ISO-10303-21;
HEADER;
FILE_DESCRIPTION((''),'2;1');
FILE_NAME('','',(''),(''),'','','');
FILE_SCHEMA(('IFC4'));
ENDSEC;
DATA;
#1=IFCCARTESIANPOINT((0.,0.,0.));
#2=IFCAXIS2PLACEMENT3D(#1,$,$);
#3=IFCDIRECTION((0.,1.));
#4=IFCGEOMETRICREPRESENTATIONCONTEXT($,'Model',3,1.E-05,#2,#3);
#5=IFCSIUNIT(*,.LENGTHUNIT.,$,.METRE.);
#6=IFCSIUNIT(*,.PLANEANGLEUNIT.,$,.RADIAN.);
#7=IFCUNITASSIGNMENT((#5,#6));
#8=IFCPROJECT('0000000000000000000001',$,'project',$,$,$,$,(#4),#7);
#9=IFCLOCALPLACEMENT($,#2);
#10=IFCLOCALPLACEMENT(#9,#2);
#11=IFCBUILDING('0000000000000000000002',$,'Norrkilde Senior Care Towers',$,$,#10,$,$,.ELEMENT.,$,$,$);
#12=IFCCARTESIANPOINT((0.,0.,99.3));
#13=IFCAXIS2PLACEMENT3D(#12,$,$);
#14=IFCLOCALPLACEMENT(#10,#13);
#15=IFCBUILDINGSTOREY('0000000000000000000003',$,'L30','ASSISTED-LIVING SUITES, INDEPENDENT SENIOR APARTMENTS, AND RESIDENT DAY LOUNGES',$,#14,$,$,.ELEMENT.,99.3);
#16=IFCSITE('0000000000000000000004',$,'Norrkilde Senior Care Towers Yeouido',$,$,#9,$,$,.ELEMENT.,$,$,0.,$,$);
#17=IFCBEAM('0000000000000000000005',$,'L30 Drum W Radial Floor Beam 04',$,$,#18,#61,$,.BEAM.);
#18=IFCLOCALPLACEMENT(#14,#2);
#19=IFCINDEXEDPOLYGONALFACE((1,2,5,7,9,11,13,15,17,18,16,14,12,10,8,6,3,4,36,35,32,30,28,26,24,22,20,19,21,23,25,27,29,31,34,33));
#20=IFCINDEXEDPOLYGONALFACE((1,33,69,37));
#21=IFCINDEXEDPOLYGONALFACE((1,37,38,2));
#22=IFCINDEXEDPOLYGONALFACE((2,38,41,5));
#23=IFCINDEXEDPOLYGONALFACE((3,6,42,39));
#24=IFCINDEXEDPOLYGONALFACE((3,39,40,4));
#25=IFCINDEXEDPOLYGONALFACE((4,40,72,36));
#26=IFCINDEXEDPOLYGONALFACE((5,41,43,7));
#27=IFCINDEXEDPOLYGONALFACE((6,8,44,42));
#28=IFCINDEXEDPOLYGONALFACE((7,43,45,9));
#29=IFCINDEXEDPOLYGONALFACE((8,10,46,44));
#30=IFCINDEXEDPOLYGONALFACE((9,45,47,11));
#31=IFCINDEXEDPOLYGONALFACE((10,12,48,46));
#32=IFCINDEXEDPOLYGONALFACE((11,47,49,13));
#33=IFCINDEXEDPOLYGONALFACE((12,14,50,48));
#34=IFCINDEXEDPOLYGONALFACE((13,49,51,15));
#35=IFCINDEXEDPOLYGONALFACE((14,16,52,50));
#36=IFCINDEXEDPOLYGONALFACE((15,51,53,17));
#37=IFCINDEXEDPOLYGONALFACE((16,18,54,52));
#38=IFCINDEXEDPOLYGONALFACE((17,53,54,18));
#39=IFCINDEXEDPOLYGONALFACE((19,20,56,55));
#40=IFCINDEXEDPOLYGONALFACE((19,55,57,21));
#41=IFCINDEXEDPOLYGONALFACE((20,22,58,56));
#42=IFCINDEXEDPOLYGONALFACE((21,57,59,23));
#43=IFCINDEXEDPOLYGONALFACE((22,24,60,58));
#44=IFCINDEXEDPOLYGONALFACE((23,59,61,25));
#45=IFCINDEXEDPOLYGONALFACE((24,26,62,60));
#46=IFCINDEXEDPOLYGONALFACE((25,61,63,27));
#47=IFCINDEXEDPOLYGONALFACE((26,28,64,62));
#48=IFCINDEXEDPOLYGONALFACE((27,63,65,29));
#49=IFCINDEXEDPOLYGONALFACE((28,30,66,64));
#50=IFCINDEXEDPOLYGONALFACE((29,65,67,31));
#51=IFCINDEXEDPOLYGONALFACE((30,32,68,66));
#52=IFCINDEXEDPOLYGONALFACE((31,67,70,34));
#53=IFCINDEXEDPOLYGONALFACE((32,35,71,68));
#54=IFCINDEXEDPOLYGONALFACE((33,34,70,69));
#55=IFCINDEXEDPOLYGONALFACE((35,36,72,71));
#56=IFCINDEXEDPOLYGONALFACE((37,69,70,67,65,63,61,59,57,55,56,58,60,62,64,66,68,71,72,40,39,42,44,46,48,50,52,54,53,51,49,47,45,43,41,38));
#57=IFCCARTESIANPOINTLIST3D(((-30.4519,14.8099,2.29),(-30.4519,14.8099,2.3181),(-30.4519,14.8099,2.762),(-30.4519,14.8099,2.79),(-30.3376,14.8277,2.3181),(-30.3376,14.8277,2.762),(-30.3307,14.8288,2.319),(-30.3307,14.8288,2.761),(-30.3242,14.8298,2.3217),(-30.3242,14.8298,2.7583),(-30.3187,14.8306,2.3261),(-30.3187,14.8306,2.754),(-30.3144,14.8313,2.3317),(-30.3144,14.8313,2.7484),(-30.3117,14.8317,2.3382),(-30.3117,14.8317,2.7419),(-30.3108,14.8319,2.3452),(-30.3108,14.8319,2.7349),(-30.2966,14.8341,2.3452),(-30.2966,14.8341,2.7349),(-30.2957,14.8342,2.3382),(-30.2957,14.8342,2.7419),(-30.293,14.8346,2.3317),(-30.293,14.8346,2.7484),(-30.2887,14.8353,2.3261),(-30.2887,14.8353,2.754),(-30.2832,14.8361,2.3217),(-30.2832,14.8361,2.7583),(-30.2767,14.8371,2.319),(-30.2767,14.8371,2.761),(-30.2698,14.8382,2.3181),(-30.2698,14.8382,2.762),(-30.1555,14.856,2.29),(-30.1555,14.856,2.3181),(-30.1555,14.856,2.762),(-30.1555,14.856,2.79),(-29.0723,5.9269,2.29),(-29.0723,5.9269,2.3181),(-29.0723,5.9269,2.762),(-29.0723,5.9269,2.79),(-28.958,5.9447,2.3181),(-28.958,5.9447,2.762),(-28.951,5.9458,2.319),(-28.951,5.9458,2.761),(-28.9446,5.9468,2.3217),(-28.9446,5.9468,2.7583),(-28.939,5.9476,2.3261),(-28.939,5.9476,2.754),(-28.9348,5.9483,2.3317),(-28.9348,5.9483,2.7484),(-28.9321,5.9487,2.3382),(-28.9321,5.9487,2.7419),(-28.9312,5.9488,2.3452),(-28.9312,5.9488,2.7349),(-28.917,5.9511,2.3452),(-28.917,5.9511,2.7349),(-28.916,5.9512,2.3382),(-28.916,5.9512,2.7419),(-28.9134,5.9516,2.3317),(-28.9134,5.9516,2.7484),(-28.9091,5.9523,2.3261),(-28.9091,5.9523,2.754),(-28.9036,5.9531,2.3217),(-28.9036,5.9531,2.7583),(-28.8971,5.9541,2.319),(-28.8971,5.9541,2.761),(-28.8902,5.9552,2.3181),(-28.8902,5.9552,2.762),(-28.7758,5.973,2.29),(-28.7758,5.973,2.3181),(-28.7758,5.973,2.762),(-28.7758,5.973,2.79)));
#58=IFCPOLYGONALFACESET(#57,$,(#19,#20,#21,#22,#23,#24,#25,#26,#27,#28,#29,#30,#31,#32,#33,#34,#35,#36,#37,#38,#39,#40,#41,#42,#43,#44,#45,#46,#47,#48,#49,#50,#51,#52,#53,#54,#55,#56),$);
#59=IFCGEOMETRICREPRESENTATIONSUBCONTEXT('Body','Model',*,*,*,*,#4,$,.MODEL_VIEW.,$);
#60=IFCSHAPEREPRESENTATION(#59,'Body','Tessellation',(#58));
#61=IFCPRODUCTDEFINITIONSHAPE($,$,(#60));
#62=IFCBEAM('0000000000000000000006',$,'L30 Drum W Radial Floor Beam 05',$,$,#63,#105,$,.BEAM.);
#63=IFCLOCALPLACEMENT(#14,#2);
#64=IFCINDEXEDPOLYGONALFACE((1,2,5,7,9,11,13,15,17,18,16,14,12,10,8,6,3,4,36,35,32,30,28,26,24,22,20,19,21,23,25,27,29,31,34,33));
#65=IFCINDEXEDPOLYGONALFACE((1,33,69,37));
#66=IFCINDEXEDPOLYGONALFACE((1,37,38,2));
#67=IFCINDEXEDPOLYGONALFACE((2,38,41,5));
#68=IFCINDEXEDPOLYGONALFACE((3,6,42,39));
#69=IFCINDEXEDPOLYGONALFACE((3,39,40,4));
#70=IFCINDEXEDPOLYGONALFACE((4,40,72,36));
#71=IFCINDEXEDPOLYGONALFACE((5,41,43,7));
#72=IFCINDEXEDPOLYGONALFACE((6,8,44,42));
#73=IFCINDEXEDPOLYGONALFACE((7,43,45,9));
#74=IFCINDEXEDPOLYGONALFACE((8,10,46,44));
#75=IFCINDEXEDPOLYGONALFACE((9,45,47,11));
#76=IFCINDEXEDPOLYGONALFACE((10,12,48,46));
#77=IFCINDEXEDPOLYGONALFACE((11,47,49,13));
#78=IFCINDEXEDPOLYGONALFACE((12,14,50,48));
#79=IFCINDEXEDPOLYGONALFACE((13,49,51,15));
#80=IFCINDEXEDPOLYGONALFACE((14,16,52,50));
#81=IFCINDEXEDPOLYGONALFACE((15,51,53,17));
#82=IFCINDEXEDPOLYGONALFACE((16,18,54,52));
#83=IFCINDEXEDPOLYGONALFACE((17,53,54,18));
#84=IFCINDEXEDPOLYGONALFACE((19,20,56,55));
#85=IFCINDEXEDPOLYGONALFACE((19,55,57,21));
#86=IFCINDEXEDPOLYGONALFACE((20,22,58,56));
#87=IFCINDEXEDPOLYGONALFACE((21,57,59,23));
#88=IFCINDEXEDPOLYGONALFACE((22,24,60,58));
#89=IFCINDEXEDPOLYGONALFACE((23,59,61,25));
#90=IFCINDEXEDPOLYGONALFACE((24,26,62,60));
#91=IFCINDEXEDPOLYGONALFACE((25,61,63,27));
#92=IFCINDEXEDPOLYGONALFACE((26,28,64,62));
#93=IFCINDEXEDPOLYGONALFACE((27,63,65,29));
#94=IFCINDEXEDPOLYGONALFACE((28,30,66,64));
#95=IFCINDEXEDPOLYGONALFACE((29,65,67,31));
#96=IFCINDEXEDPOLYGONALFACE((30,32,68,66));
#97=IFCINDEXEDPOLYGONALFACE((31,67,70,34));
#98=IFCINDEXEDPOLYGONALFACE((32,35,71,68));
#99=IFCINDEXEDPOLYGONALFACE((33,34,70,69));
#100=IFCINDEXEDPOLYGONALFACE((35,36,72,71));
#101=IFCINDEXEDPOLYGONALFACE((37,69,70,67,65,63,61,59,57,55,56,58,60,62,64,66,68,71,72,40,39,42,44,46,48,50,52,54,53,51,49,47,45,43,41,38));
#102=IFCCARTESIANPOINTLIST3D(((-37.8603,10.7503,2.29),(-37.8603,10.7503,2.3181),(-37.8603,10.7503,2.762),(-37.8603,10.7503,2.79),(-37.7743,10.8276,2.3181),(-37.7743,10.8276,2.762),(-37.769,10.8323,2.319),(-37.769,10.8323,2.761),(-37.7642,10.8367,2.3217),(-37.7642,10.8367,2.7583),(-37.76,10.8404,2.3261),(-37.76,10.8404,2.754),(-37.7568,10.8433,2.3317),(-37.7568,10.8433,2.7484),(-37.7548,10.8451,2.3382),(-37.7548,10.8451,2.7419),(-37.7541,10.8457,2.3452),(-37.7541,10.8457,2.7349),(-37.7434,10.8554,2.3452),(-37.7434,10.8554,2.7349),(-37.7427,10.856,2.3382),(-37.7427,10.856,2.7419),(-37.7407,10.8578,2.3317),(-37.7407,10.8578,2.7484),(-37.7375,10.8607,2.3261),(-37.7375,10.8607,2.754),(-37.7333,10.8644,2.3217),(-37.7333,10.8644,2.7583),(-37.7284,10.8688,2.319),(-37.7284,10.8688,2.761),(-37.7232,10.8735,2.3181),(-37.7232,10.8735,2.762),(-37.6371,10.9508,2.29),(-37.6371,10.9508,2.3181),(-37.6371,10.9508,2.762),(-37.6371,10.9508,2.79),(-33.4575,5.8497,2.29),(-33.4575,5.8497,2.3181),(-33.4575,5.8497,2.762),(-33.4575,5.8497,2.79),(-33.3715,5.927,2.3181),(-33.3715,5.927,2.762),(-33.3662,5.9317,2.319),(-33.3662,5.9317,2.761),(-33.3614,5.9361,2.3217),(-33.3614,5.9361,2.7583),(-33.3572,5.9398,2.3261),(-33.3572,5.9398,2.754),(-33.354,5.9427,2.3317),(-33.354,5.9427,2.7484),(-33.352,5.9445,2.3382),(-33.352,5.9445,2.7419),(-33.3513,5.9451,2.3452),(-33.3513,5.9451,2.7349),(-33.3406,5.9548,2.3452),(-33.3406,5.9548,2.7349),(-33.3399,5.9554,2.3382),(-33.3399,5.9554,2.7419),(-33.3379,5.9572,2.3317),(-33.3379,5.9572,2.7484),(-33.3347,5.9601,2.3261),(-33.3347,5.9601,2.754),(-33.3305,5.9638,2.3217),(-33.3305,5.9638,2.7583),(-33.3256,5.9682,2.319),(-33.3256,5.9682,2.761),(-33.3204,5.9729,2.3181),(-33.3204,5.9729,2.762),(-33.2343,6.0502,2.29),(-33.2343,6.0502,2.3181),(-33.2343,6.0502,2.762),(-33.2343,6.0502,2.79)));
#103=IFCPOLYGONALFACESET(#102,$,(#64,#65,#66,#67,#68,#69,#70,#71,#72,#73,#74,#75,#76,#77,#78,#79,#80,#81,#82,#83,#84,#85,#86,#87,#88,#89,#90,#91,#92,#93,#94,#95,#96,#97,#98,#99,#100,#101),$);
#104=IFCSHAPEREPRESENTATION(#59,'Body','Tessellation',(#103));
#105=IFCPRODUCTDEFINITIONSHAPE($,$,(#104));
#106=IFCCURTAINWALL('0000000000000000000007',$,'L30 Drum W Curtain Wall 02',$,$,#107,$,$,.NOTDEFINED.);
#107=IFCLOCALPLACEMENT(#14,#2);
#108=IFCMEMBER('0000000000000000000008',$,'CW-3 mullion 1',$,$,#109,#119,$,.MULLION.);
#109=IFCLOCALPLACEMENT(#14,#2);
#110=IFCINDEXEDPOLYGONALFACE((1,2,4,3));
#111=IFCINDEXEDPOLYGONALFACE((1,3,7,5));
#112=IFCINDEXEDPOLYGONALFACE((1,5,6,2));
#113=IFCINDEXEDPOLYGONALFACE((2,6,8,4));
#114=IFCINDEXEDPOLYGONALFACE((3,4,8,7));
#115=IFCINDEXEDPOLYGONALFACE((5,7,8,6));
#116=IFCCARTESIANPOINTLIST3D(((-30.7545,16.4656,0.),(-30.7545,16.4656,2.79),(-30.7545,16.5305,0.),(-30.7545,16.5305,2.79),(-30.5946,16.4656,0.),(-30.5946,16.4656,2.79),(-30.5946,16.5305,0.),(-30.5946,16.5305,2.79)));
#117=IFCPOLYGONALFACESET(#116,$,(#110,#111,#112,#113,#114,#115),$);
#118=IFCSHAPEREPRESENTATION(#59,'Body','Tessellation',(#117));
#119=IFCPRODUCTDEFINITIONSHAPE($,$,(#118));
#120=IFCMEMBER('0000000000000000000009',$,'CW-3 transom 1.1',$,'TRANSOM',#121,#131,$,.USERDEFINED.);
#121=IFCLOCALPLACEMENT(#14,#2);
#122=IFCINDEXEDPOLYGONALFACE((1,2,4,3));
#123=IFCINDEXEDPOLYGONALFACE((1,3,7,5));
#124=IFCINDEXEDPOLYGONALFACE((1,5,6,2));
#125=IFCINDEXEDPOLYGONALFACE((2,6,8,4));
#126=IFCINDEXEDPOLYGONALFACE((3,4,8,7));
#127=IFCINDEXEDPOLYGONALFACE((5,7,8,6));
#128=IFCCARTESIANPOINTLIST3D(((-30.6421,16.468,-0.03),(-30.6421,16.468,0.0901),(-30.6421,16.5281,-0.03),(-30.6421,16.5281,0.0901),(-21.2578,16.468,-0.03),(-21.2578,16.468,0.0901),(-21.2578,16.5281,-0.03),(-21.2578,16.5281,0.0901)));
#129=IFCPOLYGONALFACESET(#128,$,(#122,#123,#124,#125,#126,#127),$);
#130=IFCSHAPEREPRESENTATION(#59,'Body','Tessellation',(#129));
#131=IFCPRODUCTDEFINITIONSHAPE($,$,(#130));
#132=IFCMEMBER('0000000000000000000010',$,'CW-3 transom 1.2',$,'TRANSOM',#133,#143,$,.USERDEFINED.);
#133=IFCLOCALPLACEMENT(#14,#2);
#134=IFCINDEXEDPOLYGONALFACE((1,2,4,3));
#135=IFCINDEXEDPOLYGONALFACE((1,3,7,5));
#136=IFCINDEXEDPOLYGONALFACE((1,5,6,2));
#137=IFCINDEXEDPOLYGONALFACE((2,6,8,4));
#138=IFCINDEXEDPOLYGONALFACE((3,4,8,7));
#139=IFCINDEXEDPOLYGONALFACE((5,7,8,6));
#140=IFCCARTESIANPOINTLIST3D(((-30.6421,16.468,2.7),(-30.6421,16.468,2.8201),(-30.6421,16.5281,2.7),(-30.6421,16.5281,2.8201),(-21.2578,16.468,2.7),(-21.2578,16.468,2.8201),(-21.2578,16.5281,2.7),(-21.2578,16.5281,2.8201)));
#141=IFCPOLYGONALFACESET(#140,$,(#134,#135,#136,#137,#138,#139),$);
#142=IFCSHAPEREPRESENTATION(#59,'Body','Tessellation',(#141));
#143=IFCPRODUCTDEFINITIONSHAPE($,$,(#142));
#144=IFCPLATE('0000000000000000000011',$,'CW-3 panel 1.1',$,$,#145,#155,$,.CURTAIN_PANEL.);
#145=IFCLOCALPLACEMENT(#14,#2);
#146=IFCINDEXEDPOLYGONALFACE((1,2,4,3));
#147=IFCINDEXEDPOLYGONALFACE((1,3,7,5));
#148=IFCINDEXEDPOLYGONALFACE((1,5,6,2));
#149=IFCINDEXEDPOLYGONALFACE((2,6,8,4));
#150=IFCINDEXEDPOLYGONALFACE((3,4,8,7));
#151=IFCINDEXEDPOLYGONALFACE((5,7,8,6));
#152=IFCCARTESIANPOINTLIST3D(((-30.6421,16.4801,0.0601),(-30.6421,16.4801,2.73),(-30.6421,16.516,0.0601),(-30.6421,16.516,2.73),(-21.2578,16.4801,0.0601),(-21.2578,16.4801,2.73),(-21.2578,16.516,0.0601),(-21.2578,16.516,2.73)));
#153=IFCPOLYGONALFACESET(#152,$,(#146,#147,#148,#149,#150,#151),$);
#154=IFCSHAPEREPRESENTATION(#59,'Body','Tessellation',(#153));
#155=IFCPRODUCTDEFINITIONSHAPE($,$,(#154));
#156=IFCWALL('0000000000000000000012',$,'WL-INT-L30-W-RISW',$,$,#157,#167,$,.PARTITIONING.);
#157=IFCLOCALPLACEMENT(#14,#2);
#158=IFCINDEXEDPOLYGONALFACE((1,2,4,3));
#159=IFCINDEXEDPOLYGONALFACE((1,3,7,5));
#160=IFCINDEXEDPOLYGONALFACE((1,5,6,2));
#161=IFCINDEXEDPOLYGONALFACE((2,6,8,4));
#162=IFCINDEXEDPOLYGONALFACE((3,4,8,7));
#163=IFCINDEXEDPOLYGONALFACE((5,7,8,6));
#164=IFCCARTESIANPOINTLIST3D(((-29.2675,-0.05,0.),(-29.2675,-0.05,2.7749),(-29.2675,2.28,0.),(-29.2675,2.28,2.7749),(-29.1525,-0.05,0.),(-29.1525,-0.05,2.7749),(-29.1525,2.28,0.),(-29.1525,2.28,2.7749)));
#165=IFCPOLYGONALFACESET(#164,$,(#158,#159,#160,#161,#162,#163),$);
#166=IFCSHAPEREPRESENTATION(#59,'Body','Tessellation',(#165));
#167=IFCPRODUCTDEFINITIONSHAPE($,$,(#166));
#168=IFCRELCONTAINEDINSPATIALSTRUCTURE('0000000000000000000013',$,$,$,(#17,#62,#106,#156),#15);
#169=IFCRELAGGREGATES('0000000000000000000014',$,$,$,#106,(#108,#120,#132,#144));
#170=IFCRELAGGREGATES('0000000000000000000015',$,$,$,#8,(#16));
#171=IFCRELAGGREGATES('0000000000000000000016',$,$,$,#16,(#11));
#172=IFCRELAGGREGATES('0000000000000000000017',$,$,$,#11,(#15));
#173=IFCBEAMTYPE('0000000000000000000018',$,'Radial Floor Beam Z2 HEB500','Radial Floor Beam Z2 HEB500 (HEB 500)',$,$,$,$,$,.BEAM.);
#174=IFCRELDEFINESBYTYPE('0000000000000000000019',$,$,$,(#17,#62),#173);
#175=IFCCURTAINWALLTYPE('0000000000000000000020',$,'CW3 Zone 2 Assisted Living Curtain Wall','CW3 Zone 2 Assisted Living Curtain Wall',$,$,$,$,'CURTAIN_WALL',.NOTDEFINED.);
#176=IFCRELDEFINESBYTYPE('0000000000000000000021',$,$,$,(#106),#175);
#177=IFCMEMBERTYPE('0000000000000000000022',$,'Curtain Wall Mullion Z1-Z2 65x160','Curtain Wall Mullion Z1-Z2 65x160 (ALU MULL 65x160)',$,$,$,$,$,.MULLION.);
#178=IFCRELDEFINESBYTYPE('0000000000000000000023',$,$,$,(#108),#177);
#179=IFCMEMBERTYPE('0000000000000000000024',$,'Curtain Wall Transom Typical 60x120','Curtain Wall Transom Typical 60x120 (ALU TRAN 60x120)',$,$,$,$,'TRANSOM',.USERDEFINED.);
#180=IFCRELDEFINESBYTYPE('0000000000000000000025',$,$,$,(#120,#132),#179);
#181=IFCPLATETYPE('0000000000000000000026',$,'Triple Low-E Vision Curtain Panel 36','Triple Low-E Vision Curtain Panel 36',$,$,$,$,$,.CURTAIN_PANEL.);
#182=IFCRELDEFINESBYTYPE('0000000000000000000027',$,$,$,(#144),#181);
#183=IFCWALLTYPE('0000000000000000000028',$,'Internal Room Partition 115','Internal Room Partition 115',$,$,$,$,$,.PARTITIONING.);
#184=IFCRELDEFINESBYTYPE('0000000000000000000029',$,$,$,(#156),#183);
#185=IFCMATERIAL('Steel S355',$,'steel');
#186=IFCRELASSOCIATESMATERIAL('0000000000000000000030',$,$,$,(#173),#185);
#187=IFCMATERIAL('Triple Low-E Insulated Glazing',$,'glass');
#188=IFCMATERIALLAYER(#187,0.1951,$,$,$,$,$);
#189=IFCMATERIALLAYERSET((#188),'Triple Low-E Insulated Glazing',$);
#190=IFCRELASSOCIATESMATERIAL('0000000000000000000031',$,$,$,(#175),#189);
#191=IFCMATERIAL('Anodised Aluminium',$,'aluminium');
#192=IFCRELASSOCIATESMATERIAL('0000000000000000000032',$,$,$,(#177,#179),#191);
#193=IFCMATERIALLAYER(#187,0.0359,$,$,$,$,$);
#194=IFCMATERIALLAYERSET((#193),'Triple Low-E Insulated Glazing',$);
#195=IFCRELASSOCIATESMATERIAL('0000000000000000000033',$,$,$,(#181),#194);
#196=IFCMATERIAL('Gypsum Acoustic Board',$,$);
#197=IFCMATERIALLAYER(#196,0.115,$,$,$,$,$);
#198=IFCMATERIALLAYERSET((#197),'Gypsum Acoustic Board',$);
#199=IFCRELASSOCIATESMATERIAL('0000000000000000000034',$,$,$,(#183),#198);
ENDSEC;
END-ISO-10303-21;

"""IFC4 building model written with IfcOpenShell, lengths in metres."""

from ifc_helpers import new_model, si_unit, direction, frame, frame_2d, origin, origin_2d, place, context, subcontext, project, spatial, rectangle, i_section, extrude, source, transform, mapped, material, layer, layer_set, material_profile, profile_set, type_object, type_shapes, element, aggregate, save


model = new_model("IFC4")

# Units and contexts
model_context = context("Model", 3, precision=1e-05, world=origin(), true_north=direction((0.0, 1.0)))
body_context = subcontext(model_context, "Body", "Model", "MODEL_VIEW")
ifc_project = project(units=[si_unit("LENGTHUNIT", "METRE"), si_unit("PLANEANGLEUNIT", "RADIAN")], contexts=[model_context])

# Site, building, storey
site_placement = place(None, origin())
site = spatial("IfcSite", under=ifc_project, at=site_placement, Name="Norrkilde Senior Care Towers Yeouido", CompositionType="ELEMENT", RefElevation=0.0)
building_placement = place(site_placement, origin())
building = spatial("IfcBuilding", under=site, at=building_placement, Name="Norrkilde Senior Care Towers", CompositionType="ELEMENT")
storey_placement = place(building_placement, frame((0.0, 0.0, 99.3)))
storey = spatial("IfcBuildingStorey", under=building, at=storey_placement, Name="L30", Description="ASSISTED-LIVING SUITES, INDEPENDENT SENIOR APARTMENTS, AND RESIDENT DAY LOUNGES", CompositionType="ELEMENT", Elevation=99.3)

# Beams
ifc_material_1 = material(Name="Steel S355", Category="steel")
ifc_material_profile_1 = material_profile(ifc_material_1, i_section(OverallWidth=0.3, OverallDepth=0.5, WebThickness=0.0144, FlangeThickness=0.0281, FilletRadius=0.0271, at=origin_2d()), Name="HEB 500")
ifc_profile_set_1 = profile_set([ifc_material_profile_1], Name="Steel S355")
beam_type_1 = type_object("IfcBeamType", Name="Radial Floor Beam Z2 HEB500", Description="Radial Floor Beam Z2 HEB500 (HEB 500)", PredefinedType="BEAM", material=ifc_profile_set_1)
shared_shape_1 = source(origin(), body_context, "Body", "SweptSolid", [
    extrude(i_section(OverallWidth=0.3, OverallDepth=0.5, WebThickness=0.0144, FlangeThickness=0.0281, FilletRadius=0.0271, at=origin_2d()), origin(), (0.0, 0.0, 1.0), 8.9895),
])
beam_1_placement = place(storey_placement, frame((-28.9241, 5.95, 2.54), z_axis=(-0.153471, 0.988153, 0.0), x_axis=(-0.988153, -0.153471, 0.0)))
element("IfcBeam", 1, at=beam_1_placement, inside=storey, type_object=beam_type_1, Name="L30 Drum W Radial Floor Beam 04", PredefinedType="BEAM", context=body_context, shape_type="MappedRepresentation", body=[
    mapped(shared_shape_1, transform((0.0, 0.0, 0.0), x_axis=(1.0, 0.0, 0.0), y_axis=(0.0, 1.0, 0.0), z_axis=(0.0, 0.0, 1.0), scale=1.0)),
])
shared_shape_2 = source(origin(), body_context, "Body", "SweptSolid", [
    extrude(i_section(OverallWidth=0.3, OverallDepth=0.5, WebThickness=0.0144, FlangeThickness=0.0281, FilletRadius=0.0271, at=origin_2d()), origin(), (0.0, 0.0, 1.0), 6.5879),
])
beam_2_placement = place(storey_placement, frame((-33.3459, 5.95, 2.54), z_axis=(-0.668315, 0.743878, 0.0), x_axis=(-0.743878, -0.668315, 0.0)))
element("IfcBeam", 2, at=beam_2_placement, inside=storey, type_object=beam_type_1, Name="L30 Drum W Radial Floor Beam 05", PredefinedType="BEAM", context=body_context, shape_type="MappedRepresentation", body=[
    mapped(shared_shape_2, transform((0.0, 0.0, 0.0), x_axis=(1.0, 0.0, 0.0), y_axis=(0.0, 1.0, 0.0), z_axis=(0.0, 0.0, 1.0), scale=1.0)),
])

# Curtain wall, members, plate
ifc_material_2 = material(Name="Triple Low-E Insulated Glazing", Category="glass")
ifc_layer_1 = layer(ifc_material_2, 0.1951)
ifc_layer_set_1 = layer_set([ifc_layer_1], Name="Triple Low-E Insulated Glazing")
curtain_wall_type = type_object("IfcCurtainWallType", Name="CW3 Zone 2 Assisted Living Curtain Wall", Description="CW3 Zone 2 Assisted Living Curtain Wall", ElementType="CURTAIN_WALL", PredefinedType="NOTDEFINED", material=ifc_layer_set_1)
curtain_wall_placement = place(storey_placement, origin())
curtain_wall = element("IfcCurtainWall", 3, at=curtain_wall_placement, inside=storey, type_object=curtain_wall_type, Name="L30 Drum W Curtain Wall 02", PredefinedType="NOTDEFINED")
ifc_material_3 = material(Name="Anodised Aluminium", Category="aluminium")
ifc_material_profile_2 = material_profile(ifc_material_3, rectangle(XDim=0.0649, YDim=0.1599, at=origin_2d()), Name="ALU MULL 65x160")
ifc_profile_set_2 = profile_set([ifc_material_profile_2], Name="Anodised Aluminium")
member_type_1 = type_object("IfcMemberType", Name="Curtain Wall Mullion Z1-Z2 65x160", Description="Curtain Wall Mullion Z1-Z2 65x160 (ALU MULL 65x160)", PredefinedType="MULLION", material=ifc_profile_set_2)
shared_shape_3 = source(origin(), body_context, "Body", "SweptSolid", [
    extrude(rectangle(XDim=0.0649, YDim=0.1599, at=origin_2d()), origin(), (0.0, 0.0, 1.0), 2.79),
])
type_shapes(member_type_1, [shared_shape_3])
member_1_placement = place(storey_placement, frame((-30.6746, 16.498, 0.0), z_axis=(0.0, 0.0, 1.0), x_axis=(0.0, 1.0, 0.0)))
member_1 = element("IfcMember", 4, at=member_1_placement, type_object=member_type_1, Name="CW-3 mullion 1", PredefinedType="MULLION", context=body_context, shape_type="MappedRepresentation", body=[
    mapped(shared_shape_3, transform((0.0, 0.0, 0.0), x_axis=(1.0, 0.0, 0.0), y_axis=(0.0, 1.0, 0.0), z_axis=(0.0, 0.0, 1.0), scale=1.0)),
])
ifc_material_profile_3 = material_profile(ifc_material_3, rectangle(XDim=0.0601, YDim=0.1201, at=origin_2d()), Name="ALU TRAN 60x120")
ifc_profile_set_3 = profile_set([ifc_material_profile_3], Name="Anodised Aluminium")
member_type_2 = type_object("IfcMemberType", Name="Curtain Wall Transom Typical 60x120", Description="Curtain Wall Transom Typical 60x120 (ALU TRAN 60x120)", ElementType="TRANSOM", PredefinedType="USERDEFINED", material=ifc_profile_set_3)
shared_shape_4 = source(origin(), body_context, "Body", "SweptSolid", [
    extrude(rectangle(XDim=0.0601, YDim=0.1201, at=origin_2d()), origin(), (0.0, 0.0, 1.0), 9.3843),
])
type_shapes(member_type_2, [shared_shape_4])
member_2_placement = place(storey_placement, frame((-30.6421, 16.498, 0.03), z_axis=(1.0, 0.0, 0.0), x_axis=(0.0, 1.0, 0.0)))
member_2 = element("IfcMember", 5, at=member_2_placement, type_object=member_type_2, Name="CW-3 transom 1.1", ObjectType="TRANSOM", PredefinedType="USERDEFINED", context=body_context, shape_type="MappedRepresentation", body=[
    mapped(shared_shape_4, transform((0.0, 0.0, 0.0), x_axis=(1.0, 0.0, 0.0), y_axis=(0.0, 1.0, 0.0), z_axis=(0.0, 0.0, 1.0), scale=1.0)),
])
member_3_placement = place(storey_placement, frame((-30.6421, 16.498, 2.76), z_axis=(1.0, 0.0, 0.0), x_axis=(0.0, 1.0, 0.0)))
member_3 = element("IfcMember", 6, at=member_3_placement, type_object=member_type_2, Name="CW-3 transom 1.2", ObjectType="TRANSOM", PredefinedType="USERDEFINED", context=body_context, shape_type="MappedRepresentation", body=[
    mapped(shared_shape_4, transform((0.0, 0.0, 0.0), x_axis=(1.0, 0.0, 0.0), y_axis=(0.0, 1.0, 0.0), z_axis=(0.0, 0.0, 1.0), scale=1.0)),
])
ifc_layer_2 = layer(ifc_material_2, 0.0359)
ifc_layer_set_2 = layer_set([ifc_layer_2], Name="Triple Low-E Insulated Glazing")
plate_type = type_object("IfcPlateType", Name="Triple Low-E Vision Curtain Panel 36", Description="Triple Low-E Vision Curtain Panel 36", PredefinedType="CURTAIN_PANEL", material=ifc_layer_set_2)
shared_shape_5 = source(origin(), body_context, "Body", "SweptSolid", [
    extrude(rectangle(XDim=9.3843, YDim=0.0359, at=origin_2d()), origin(), (0.0, 0.0, 1.0), 2.6699),
])
type_shapes(plate_type, [shared_shape_5])
plate_placement = place(storey_placement, frame((-25.95, 16.498, 0.0601), z_axis=(0.0, 0.0, 1.0), x_axis=(1.0, 0.0, 0.0)))
plate = element("IfcPlate", 7, at=plate_placement, type_object=plate_type, Name="CW-3 panel 1.1", PredefinedType="CURTAIN_PANEL", context=body_context, shape_type="MappedRepresentation", body=[
    mapped(shared_shape_5, transform((0.0, 0.0, 0.0), x_axis=(1.0, 0.0, 0.0), y_axis=(0.0, 1.0, 0.0), z_axis=(0.0, 0.0, 1.0), scale=1.0)),
])
aggregate(curtain_wall, [member_1, member_2, member_3, plate])

# Wall
ifc_material_4 = material(Name="Gypsum Acoustic Board")
ifc_layer_3 = layer(ifc_material_4, 0.115)
ifc_layer_set_3 = layer_set([ifc_layer_3], Name="Gypsum Acoustic Board")
wall_type_1 = type_object("IfcWallType", Name="Internal Room Partition 115", Description="Internal Room Partition 115", PredefinedType="PARTITIONING", material=ifc_layer_set_3)
shared_shape_6 = source(origin(), body_context, "Body", "SweptSolid", [
    extrude(rectangle(XDim=2.3301, YDim=0.115, at=frame_2d((1.165, 0.0))), origin(), (0.0, 0.0, 1.0), 2.7749),
])
type_shapes(wall_type_1, [shared_shape_6])
wall_1_placement = place(storey_placement, frame((-29.21, -0.05, 0.0), z_axis=(0.0, 0.0, 1.0), x_axis=(0.0, 1.0, 0.0)))
element("IfcWall", 8, at=wall_1_placement, inside=storey, type_object=wall_type_1, Name="WL-INT-L30-W-RISW", PredefinedType="PARTITIONING", context=body_context, shape_type="MappedRepresentation", body=[
    mapped(shared_shape_6, transform((0.0, 0.0, 0.0), x_axis=(1.0, 0.0, 0.0), y_axis=(0.0, 1.0, 0.0), z_axis=(0.0, 0.0, 1.0), scale=1.0)),
])

save(model, "model.ifc")
